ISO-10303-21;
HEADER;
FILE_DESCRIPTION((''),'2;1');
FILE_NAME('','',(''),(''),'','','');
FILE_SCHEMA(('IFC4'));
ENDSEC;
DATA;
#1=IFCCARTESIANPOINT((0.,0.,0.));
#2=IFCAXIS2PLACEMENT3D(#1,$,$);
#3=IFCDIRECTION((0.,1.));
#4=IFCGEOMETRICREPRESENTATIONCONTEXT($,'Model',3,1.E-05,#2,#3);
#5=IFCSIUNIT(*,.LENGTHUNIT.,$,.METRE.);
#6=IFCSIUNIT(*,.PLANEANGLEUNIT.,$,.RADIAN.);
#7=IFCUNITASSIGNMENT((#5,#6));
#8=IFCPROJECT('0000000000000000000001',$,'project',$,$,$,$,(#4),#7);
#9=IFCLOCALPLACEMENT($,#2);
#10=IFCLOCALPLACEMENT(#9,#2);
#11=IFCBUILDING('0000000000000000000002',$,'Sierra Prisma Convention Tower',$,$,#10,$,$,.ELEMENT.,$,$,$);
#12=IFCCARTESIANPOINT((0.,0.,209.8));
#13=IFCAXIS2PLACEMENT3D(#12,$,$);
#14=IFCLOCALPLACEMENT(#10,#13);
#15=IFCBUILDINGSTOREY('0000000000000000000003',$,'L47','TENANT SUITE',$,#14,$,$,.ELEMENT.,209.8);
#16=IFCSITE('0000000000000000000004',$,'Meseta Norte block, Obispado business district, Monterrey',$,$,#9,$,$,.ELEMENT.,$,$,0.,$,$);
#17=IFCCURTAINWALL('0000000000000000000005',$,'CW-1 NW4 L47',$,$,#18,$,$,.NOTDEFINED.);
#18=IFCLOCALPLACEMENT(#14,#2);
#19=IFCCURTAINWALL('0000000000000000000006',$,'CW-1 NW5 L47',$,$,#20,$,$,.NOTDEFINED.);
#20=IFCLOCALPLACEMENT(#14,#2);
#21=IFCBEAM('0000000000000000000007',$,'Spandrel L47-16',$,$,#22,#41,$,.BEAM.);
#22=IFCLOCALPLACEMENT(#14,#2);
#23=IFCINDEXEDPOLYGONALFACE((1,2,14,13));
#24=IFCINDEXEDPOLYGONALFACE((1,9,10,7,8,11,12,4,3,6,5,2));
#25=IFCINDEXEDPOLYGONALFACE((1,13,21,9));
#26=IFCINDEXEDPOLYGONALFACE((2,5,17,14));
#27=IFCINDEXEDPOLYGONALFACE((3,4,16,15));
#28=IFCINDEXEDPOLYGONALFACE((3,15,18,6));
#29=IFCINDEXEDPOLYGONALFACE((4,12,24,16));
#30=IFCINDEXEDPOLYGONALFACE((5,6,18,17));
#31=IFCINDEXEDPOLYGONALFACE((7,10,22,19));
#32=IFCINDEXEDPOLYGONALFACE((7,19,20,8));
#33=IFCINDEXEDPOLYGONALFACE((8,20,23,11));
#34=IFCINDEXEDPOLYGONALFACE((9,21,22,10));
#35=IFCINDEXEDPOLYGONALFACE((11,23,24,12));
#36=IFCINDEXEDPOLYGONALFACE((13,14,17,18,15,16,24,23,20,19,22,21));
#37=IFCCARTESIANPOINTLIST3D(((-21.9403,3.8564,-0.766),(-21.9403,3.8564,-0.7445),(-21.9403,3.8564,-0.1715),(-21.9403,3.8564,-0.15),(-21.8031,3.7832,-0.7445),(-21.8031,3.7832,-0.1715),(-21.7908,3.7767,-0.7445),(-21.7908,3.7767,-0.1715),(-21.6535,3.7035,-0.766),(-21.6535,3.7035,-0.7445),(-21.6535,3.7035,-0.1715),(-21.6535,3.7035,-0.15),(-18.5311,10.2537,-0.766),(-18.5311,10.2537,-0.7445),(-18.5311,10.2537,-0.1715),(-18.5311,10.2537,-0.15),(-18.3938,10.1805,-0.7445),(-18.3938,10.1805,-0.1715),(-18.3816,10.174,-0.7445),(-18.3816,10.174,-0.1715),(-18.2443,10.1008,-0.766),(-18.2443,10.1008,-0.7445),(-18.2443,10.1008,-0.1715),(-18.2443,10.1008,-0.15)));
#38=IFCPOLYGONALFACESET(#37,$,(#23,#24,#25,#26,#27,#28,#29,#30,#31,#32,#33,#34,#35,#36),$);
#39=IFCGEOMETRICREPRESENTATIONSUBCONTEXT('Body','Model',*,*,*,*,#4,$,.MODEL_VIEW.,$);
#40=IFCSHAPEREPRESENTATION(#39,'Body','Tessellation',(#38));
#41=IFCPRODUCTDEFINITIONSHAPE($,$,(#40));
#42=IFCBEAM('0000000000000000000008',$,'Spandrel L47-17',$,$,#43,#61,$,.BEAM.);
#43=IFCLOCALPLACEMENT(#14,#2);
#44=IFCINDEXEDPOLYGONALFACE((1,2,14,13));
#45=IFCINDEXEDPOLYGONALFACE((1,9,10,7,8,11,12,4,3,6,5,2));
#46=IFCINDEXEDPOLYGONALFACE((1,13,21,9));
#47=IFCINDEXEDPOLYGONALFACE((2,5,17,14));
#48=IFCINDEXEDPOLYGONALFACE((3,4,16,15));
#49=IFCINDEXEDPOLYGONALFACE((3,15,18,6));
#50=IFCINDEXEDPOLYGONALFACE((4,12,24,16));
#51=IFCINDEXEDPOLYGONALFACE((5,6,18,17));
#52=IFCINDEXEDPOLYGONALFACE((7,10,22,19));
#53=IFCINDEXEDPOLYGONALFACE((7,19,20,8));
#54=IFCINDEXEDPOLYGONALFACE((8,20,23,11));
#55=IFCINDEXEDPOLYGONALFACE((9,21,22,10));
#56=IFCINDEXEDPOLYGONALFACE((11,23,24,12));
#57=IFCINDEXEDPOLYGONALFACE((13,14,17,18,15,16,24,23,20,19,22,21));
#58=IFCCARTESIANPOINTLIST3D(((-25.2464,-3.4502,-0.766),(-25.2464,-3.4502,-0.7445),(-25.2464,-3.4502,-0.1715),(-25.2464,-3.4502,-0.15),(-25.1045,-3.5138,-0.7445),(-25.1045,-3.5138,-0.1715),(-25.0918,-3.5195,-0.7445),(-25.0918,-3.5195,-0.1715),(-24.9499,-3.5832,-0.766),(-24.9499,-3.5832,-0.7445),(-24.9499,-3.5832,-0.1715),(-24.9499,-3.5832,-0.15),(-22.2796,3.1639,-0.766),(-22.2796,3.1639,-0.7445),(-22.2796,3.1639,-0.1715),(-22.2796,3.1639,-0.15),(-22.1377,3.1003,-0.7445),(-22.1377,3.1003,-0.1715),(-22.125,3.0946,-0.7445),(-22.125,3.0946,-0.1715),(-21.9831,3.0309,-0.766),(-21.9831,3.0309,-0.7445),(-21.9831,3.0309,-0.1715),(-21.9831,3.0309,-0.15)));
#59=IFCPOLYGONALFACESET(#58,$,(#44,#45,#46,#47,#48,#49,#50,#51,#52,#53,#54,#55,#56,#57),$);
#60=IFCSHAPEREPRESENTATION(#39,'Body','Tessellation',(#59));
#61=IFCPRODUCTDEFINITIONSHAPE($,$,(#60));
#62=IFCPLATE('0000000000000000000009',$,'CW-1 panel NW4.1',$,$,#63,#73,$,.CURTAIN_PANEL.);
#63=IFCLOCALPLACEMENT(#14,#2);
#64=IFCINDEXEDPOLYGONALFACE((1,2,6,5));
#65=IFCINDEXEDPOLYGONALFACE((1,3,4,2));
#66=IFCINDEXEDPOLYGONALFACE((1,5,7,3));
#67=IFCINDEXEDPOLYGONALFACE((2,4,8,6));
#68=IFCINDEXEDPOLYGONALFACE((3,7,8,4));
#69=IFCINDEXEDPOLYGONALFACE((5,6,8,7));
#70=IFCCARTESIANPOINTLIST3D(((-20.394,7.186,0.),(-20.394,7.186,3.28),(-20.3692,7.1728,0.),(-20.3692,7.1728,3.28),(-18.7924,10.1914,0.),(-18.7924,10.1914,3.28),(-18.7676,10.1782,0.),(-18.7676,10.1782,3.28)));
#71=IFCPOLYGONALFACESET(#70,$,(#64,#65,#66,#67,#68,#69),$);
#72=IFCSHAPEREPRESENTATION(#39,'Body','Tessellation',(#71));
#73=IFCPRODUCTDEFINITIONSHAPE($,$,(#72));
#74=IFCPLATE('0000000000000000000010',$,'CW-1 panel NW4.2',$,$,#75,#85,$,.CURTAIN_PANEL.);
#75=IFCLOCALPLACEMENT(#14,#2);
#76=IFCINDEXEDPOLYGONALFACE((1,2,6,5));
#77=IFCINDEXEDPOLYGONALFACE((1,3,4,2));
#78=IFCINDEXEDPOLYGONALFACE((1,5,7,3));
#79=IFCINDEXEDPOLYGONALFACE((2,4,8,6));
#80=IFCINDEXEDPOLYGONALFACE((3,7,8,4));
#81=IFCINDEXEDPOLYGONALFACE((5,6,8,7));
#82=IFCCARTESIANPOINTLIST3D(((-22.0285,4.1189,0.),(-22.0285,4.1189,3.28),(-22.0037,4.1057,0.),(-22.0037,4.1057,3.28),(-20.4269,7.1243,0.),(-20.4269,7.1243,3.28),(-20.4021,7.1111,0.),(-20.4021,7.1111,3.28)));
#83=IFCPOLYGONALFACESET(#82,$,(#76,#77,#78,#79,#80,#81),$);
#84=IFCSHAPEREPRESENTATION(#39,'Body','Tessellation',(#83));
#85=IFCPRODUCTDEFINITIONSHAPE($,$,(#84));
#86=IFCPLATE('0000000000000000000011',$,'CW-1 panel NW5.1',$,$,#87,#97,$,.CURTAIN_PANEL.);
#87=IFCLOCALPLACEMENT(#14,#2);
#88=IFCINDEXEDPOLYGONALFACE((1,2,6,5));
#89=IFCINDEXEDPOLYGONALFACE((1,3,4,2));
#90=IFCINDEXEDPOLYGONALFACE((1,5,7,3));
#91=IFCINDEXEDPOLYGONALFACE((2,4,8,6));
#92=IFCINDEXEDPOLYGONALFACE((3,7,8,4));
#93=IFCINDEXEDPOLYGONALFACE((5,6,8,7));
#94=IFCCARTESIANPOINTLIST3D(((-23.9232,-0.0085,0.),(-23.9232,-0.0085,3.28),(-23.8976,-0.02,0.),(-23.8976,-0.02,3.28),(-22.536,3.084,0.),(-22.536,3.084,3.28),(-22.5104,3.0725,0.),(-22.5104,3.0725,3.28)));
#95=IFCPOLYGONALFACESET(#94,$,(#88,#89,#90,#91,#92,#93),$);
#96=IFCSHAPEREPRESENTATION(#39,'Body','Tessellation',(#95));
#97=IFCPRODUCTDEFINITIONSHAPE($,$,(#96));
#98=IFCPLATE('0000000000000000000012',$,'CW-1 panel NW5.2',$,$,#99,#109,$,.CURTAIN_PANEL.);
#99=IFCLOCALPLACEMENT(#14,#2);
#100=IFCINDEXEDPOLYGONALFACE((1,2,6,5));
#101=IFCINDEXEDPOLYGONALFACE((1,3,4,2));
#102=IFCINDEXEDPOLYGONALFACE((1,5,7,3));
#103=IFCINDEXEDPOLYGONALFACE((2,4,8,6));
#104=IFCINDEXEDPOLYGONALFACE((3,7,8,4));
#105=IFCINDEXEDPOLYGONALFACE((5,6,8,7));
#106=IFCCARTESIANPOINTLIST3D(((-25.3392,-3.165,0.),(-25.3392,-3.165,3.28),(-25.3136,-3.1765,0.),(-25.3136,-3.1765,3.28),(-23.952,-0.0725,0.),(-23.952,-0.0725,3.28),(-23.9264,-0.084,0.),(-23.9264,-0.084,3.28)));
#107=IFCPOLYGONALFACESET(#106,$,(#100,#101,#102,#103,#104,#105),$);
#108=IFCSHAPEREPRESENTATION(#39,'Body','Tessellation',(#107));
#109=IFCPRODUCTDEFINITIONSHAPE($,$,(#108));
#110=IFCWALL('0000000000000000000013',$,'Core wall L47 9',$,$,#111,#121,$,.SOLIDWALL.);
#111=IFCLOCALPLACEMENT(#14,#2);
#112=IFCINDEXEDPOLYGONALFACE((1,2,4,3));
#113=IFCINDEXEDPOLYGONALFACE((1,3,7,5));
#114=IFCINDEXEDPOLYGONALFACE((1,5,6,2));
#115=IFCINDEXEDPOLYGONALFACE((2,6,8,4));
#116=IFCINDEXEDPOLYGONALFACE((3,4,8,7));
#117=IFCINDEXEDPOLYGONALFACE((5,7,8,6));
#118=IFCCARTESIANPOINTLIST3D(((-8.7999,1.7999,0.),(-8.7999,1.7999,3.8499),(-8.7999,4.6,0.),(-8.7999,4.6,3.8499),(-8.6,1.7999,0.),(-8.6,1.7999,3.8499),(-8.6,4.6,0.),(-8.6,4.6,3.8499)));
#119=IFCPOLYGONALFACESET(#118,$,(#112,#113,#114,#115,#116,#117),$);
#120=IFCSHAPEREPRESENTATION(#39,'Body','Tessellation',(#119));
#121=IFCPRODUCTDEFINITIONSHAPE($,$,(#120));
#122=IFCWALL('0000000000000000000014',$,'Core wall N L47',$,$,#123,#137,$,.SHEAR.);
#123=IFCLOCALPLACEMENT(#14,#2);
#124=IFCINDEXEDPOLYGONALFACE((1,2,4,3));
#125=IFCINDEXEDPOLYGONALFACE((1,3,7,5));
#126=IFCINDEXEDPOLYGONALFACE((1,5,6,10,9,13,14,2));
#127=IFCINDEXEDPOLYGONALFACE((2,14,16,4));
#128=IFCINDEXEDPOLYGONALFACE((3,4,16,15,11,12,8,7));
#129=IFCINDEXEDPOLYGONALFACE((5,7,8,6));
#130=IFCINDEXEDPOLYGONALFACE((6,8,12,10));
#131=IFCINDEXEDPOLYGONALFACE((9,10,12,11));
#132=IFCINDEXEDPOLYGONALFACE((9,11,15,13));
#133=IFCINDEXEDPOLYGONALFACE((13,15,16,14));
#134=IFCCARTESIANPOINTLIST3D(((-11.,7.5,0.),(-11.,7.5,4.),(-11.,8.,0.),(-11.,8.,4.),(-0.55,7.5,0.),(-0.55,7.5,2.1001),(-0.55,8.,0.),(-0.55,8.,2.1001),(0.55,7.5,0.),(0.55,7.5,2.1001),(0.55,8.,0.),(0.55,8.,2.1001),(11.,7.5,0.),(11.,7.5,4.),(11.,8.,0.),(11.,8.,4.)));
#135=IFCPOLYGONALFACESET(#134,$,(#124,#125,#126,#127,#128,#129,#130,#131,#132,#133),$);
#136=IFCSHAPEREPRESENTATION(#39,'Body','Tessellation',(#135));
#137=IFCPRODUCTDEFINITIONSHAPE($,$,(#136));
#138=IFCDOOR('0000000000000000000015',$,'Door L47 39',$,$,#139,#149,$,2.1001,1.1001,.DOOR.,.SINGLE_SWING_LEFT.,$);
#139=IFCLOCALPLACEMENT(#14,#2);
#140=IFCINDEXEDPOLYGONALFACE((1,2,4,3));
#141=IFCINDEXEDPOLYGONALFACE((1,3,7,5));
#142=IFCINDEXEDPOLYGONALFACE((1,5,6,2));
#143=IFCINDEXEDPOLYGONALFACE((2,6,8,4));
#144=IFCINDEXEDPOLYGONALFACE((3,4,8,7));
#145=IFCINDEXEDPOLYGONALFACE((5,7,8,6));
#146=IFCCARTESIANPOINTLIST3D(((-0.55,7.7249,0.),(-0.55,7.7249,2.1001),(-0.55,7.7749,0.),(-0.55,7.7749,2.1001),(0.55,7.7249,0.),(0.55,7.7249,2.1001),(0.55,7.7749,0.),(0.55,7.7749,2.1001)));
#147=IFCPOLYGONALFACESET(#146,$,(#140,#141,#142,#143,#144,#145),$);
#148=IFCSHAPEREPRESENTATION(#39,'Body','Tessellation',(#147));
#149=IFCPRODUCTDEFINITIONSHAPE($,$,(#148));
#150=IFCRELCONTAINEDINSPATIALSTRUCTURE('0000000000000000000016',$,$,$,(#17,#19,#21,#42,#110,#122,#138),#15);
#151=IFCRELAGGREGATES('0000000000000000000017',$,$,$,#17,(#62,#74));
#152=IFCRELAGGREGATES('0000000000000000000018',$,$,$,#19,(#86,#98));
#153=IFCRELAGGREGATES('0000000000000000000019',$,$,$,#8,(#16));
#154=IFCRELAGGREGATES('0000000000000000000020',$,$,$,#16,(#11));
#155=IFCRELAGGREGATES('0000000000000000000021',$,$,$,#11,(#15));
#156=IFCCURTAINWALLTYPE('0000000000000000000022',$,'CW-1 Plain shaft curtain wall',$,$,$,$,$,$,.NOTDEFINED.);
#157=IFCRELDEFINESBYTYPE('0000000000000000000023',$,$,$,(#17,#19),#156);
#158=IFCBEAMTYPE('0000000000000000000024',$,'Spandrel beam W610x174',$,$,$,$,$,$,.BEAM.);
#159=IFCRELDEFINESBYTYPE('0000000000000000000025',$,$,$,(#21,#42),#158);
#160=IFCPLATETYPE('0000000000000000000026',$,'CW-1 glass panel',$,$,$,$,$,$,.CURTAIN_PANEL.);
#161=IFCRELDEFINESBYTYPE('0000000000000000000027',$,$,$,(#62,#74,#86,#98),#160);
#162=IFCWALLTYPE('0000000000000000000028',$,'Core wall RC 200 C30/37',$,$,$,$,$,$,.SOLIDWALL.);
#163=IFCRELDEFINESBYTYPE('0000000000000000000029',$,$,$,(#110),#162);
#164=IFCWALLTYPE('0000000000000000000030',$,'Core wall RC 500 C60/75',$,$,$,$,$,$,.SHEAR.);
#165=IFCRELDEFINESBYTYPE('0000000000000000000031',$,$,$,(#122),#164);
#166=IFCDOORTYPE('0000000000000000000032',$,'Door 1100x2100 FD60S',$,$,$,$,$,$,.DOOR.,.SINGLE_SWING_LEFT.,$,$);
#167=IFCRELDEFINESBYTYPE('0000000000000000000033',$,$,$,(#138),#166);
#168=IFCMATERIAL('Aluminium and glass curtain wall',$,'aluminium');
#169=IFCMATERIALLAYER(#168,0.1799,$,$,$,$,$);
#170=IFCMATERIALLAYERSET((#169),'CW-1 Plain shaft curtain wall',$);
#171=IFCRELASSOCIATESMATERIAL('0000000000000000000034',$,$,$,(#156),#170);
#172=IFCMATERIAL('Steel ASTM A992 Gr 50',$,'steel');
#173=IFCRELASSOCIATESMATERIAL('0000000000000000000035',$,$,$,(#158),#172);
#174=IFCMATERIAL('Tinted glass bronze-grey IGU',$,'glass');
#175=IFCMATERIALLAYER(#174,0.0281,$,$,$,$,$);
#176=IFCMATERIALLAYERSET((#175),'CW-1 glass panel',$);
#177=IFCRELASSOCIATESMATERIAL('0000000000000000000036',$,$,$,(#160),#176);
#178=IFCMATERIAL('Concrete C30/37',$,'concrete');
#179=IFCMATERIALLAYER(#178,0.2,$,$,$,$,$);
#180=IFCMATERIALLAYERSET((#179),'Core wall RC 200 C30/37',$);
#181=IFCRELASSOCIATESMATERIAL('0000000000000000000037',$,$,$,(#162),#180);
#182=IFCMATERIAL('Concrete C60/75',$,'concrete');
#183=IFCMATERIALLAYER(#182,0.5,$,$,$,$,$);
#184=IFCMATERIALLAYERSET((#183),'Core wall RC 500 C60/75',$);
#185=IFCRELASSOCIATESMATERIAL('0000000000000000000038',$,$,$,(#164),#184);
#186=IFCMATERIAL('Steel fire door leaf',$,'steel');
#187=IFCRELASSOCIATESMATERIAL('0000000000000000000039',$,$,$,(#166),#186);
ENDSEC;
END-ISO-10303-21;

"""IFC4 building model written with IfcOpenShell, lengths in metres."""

from ifc_helpers import new_model, si_unit, direction, frame, frame_2d, origin, origin_2d, place, context, subcontext, project, spatial, rectangle, i_section, extrude, material, layer, layer_set, material_profile, profile_set, type_object, element, fill, aggregate, save


model = new_model("IFC4")

# Units and contexts
model_context = context("Model", 3, precision=1e-05, world=origin(), true_north=direction((0.0, 1.0)))
body_context = subcontext(model_context, "Body", "Model", "MODEL_VIEW")
ifc_project = project(units=[si_unit("LENGTHUNIT", "METRE"), si_unit("PLANEANGLEUNIT", "RADIAN")], contexts=[model_context])

# Site, building, storey
site_placement = place(None, origin())
site = spatial("IfcSite", under=ifc_project, at=site_placement, Name="Meseta Norte block, Obispado business district, Monterrey", CompositionType="ELEMENT", RefElevation=0.0)
building_placement = place(site_placement, origin())
building = spatial("IfcBuilding", under=site, at=building_placement, Name="Sierra Prisma Convention Tower", CompositionType="ELEMENT")
storey_placement = place(building_placement, frame((0.0, 0.0, 209.8)))
storey = spatial("IfcBuildingStorey", under=building, at=storey_placement, Name="L47", Description="TENANT SUITE", CompositionType="ELEMENT", Elevation=209.8)

# Curtain wall
ifc_material_1 = material(Name="Aluminium and glass curtain wall", Category="aluminium")
ifc_layer_1 = layer(ifc_material_1, 0.1799)
ifc_layer_set_1 = layer_set([ifc_layer_1], Name="CW-1 Plain shaft curtain wall")
curtain_wall_type = type_object("IfcCurtainWallType", Name="CW-1 Plain shaft curtain wall", PredefinedType="NOTDEFINED", material=ifc_layer_set_1)
curtain_wall_1_placement = place(storey_placement, origin())
curtain_wall_1 = element("IfcCurtainWall", 1, at=curtain_wall_1_placement, inside=storey, type_object=curtain_wall_type, Name="CW-1 NW4 L47", PredefinedType="NOTDEFINED")

# Curtain wall
curtain_wall_2_placement = place(storey_placement, origin())
curtain_wall_2 = element("IfcCurtainWall", 2, at=curtain_wall_2_placement, inside=storey, type_object=curtain_wall_type, Name="CW-1 NW5 L47", PredefinedType="NOTDEFINED")

# Beams
ifc_material_2 = material(Name="Steel ASTM A992 Gr 50", Category="steel")
ifc_material_profile_1 = material_profile(ifc_material_2, i_section(OverallWidth=0.325, OverallDepth=0.616, WebThickness=0.0139, FlangeThickness=0.0215, at=origin_2d()), Name="W610x174")
ifc_profile_set_1 = profile_set([ifc_material_profile_1], Name="Steel ASTM A992 Gr 50")
beam_type_1 = type_object("IfcBeamType", Name="Spandrel beam W610x174", PredefinedType="BEAM", material=ifc_profile_set_1)
for number, where, z_axis, x_axis, name in (
    (3, (-18.3877, 10.1772, -0.458), (-0.470302, -0.882506, 0.0), (0.882506, -0.470302, 0.0), "Spandrel L47-16"),
    (4, (-22.1313, 3.0974, -0.458), (-0.409273, -0.912412, 0.0), (0.912412, -0.409273, 0.0), "Spandrel L47-17"),
):
    element("IfcBeam", number, at=place(storey_placement, frame(where, z_axis=z_axis, x_axis=x_axis)), inside=storey, type_object=beam_type_1, Name=name, PredefinedType="BEAM", context=body_context, shape_type="SweptSolid", body=[
        extrude(i_section(OverallWidth=0.325, OverallDepth=0.616, WebThickness=0.0139, FlangeThickness=0.0215, at=origin_2d()), origin(), (0.0, 0.0, 1.0), 7.249),
    ])

# Plates
ifc_material_3 = material(Name="Tinted glass bronze-grey IGU", Category="glass")
ifc_layer_2 = layer(ifc_material_3, 0.0281)
ifc_layer_set_2 = layer_set([ifc_layer_2], Name="CW-1 glass panel")
plate_type = type_object("IfcPlateType", Name="CW-1 glass panel", PredefinedType="CURTAIN_PANEL", material=ifc_layer_set_2)
plate_1_placement = place(storey_placement, frame((-19.5808, 8.6821, 0.0), z_axis=(0.0, 0.0, 1.0), x_axis=(-0.470295, -0.882509, 0.0)))
plate_1 = element("IfcPlate", 5, at=plate_1_placement, type_object=plate_type, Name="CW-1 panel NW4.1", PredefinedType="CURTAIN_PANEL", context=body_context, shape_type="SweptSolid", body=[
    extrude(rectangle(XDim=3.4055, YDim=0.0281, at=origin_2d()), origin(), (0.0, 0.0, 1.0), 3.28),
])
plate_2_placement = place(storey_placement, frame((-21.2153, 5.615, 0.0), z_axis=(0.0, 0.0, 1.0), x_axis=(-0.470295, -0.882509, 0.0)))
plate_2 = element("IfcPlate", 6, at=plate_2_placement, type_object=plate_type, Name="CW-1 panel NW4.2", PredefinedType="CURTAIN_PANEL", context=body_context, shape_type="SweptSolid", body=[
    extrude(rectangle(XDim=3.4055, YDim=0.0281, at=origin_2d()), origin(), (0.0, 0.0, 1.0), 3.28),
])
aggregate(curtain_wall_1, [plate_1, plate_2])
plate_3_placement = place(storey_placement, frame((-23.2168, 1.532, 0.0), z_axis=(0.0, 0.0, 1.0), x_axis=(-0.40929, -0.912404, 0.0)))
plate_3 = element("IfcPlate", 7, at=plate_3_placement, type_object=plate_type, Name="CW-1 panel NW5.1", PredefinedType="CURTAIN_PANEL", context=body_context, shape_type="SweptSolid", body=[
    extrude(rectangle(XDim=3.3894, YDim=0.0281, at=origin_2d()), origin(), (0.0, 0.0, 1.0), 3.28),
])
plate_4_placement = place(storey_placement, frame((-24.6328, -1.6245, 0.0), z_axis=(0.0, 0.0, 1.0), x_axis=(-0.40929, -0.912404, 0.0)))
plate_4 = element("IfcPlate", 8, at=plate_4_placement, type_object=plate_type, Name="CW-1 panel NW5.2", PredefinedType="CURTAIN_PANEL", context=body_context, shape_type="SweptSolid", body=[
    extrude(rectangle(XDim=3.3894, YDim=0.0281, at=origin_2d()), origin(), (0.0, 0.0, 1.0), 3.28),
])
aggregate(curtain_wall_2, [plate_3, plate_4])

# Shared definitions
ifc_material_4 = material(Name="Concrete C30/37", Category="concrete")
ifc_layer_3 = layer(ifc_material_4, 0.2)
ifc_layer_set_3 = layer_set([ifc_layer_3], Name="Core wall RC 200 C30/37")
wall_type_1 = type_object("IfcWallType", Name="Core wall RC 200 C30/37", PredefinedType="SOLIDWALL", material=ifc_layer_set_3)

# Wall
wall_1_placement = place(storey_placement, frame((-8.7, 1.8, 0.0), z_axis=(0.0, 0.0, 1.0), x_axis=(0.0, 1.0, 0.0)))
element("IfcWall", 9, at=wall_1_placement, inside=storey, type_object=wall_type_1, Name="Core wall L47 9", PredefinedType="SOLIDWALL", context=body_context, shape_type="SweptSolid", body=[
    extrude(rectangle(XDim=2.8, YDim=0.2, at=frame_2d((1.3999, 0.0))), origin(), (0.0, 0.0, 1.0), 3.8499),
])

# Wall, opening, door
ifc_material_5 = material(Name="Concrete C60/75", Category="concrete")
ifc_layer_4 = layer(ifc_material_5, 0.5)
ifc_layer_set_4 = layer_set([ifc_layer_4], Name="Core wall RC 500 C60/75")
wall_type_2 = type_object("IfcWallType", Name="Core wall RC 500 C60/75", PredefinedType="SHEAR", material=ifc_layer_set_4)
wall_2_placement = place(storey_placement, frame((-11.0, 7.75, 0.0), z_axis=(0.0, 0.0, 1.0), x_axis=(1.0, 0.0, 0.0)))
wall_2 = element("IfcWall", 10, at=wall_2_placement, inside=storey, type_object=wall_type_2, Name="Core wall N L47", PredefinedType="SHEAR", context=body_context, shape_type="SweptSolid", body=[
    extrude(rectangle(XDim=22.0, YDim=0.5, at=frame_2d((11.0, 0.0))), origin(), (0.0, 0.0, 1.0), 4.0),
])
opening_1_placement = place(wall_2_placement, frame((10.45, 0.0, 0.0)))
opening_1 = element("IfcOpeningElement", 11, at=opening_1_placement, cuts=wall_2, PredefinedType="OPENING", context=body_context, shape_type="SweptSolid", body=[
    extrude(rectangle(XDim=1.1001, YDim=2.1001, at=frame_2d((0.55, 1.05))), frame((0.0, 0.25, 0.0), z_axis=(0.0, -1.0, 0.0), x_axis=(1.0, 0.0, 0.0)), (0.0, 0.0, 1.0), 0.5),
])
ifc_material_6 = material(Name="Steel fire door leaf", Category="steel")
door_type_1 = type_object("IfcDoorType", Name="Door 1100x2100 FD60S", OperationType="SINGLE_SWING_LEFT", PredefinedType="DOOR", material=ifc_material_6)
door_1_placement = place(opening_1_placement, origin())
door_1 = element("IfcDoor", 12, at=door_1_placement, inside=storey, type_object=door_type_1, Name="Door L47 39", OperationType="SINGLE_SWING_LEFT", OverallHeight=2.1001, OverallWidth=1.1001, PredefinedType="DOOR", context=body_context, shape_type="SweptSolid", body=[
    extrude(rectangle(XDim=1.1001, YDim=2.1001, at=frame_2d((0.55, 1.05))), frame((0.0, 0.0249, 0.0), z_axis=(0.0, -1.0, 0.0), x_axis=(1.0, 0.0, 0.0)), (0.0, 0.0, 1.0), 0.05),
])
fill(opening_1, door_1)

save(model, "model.ifc")
